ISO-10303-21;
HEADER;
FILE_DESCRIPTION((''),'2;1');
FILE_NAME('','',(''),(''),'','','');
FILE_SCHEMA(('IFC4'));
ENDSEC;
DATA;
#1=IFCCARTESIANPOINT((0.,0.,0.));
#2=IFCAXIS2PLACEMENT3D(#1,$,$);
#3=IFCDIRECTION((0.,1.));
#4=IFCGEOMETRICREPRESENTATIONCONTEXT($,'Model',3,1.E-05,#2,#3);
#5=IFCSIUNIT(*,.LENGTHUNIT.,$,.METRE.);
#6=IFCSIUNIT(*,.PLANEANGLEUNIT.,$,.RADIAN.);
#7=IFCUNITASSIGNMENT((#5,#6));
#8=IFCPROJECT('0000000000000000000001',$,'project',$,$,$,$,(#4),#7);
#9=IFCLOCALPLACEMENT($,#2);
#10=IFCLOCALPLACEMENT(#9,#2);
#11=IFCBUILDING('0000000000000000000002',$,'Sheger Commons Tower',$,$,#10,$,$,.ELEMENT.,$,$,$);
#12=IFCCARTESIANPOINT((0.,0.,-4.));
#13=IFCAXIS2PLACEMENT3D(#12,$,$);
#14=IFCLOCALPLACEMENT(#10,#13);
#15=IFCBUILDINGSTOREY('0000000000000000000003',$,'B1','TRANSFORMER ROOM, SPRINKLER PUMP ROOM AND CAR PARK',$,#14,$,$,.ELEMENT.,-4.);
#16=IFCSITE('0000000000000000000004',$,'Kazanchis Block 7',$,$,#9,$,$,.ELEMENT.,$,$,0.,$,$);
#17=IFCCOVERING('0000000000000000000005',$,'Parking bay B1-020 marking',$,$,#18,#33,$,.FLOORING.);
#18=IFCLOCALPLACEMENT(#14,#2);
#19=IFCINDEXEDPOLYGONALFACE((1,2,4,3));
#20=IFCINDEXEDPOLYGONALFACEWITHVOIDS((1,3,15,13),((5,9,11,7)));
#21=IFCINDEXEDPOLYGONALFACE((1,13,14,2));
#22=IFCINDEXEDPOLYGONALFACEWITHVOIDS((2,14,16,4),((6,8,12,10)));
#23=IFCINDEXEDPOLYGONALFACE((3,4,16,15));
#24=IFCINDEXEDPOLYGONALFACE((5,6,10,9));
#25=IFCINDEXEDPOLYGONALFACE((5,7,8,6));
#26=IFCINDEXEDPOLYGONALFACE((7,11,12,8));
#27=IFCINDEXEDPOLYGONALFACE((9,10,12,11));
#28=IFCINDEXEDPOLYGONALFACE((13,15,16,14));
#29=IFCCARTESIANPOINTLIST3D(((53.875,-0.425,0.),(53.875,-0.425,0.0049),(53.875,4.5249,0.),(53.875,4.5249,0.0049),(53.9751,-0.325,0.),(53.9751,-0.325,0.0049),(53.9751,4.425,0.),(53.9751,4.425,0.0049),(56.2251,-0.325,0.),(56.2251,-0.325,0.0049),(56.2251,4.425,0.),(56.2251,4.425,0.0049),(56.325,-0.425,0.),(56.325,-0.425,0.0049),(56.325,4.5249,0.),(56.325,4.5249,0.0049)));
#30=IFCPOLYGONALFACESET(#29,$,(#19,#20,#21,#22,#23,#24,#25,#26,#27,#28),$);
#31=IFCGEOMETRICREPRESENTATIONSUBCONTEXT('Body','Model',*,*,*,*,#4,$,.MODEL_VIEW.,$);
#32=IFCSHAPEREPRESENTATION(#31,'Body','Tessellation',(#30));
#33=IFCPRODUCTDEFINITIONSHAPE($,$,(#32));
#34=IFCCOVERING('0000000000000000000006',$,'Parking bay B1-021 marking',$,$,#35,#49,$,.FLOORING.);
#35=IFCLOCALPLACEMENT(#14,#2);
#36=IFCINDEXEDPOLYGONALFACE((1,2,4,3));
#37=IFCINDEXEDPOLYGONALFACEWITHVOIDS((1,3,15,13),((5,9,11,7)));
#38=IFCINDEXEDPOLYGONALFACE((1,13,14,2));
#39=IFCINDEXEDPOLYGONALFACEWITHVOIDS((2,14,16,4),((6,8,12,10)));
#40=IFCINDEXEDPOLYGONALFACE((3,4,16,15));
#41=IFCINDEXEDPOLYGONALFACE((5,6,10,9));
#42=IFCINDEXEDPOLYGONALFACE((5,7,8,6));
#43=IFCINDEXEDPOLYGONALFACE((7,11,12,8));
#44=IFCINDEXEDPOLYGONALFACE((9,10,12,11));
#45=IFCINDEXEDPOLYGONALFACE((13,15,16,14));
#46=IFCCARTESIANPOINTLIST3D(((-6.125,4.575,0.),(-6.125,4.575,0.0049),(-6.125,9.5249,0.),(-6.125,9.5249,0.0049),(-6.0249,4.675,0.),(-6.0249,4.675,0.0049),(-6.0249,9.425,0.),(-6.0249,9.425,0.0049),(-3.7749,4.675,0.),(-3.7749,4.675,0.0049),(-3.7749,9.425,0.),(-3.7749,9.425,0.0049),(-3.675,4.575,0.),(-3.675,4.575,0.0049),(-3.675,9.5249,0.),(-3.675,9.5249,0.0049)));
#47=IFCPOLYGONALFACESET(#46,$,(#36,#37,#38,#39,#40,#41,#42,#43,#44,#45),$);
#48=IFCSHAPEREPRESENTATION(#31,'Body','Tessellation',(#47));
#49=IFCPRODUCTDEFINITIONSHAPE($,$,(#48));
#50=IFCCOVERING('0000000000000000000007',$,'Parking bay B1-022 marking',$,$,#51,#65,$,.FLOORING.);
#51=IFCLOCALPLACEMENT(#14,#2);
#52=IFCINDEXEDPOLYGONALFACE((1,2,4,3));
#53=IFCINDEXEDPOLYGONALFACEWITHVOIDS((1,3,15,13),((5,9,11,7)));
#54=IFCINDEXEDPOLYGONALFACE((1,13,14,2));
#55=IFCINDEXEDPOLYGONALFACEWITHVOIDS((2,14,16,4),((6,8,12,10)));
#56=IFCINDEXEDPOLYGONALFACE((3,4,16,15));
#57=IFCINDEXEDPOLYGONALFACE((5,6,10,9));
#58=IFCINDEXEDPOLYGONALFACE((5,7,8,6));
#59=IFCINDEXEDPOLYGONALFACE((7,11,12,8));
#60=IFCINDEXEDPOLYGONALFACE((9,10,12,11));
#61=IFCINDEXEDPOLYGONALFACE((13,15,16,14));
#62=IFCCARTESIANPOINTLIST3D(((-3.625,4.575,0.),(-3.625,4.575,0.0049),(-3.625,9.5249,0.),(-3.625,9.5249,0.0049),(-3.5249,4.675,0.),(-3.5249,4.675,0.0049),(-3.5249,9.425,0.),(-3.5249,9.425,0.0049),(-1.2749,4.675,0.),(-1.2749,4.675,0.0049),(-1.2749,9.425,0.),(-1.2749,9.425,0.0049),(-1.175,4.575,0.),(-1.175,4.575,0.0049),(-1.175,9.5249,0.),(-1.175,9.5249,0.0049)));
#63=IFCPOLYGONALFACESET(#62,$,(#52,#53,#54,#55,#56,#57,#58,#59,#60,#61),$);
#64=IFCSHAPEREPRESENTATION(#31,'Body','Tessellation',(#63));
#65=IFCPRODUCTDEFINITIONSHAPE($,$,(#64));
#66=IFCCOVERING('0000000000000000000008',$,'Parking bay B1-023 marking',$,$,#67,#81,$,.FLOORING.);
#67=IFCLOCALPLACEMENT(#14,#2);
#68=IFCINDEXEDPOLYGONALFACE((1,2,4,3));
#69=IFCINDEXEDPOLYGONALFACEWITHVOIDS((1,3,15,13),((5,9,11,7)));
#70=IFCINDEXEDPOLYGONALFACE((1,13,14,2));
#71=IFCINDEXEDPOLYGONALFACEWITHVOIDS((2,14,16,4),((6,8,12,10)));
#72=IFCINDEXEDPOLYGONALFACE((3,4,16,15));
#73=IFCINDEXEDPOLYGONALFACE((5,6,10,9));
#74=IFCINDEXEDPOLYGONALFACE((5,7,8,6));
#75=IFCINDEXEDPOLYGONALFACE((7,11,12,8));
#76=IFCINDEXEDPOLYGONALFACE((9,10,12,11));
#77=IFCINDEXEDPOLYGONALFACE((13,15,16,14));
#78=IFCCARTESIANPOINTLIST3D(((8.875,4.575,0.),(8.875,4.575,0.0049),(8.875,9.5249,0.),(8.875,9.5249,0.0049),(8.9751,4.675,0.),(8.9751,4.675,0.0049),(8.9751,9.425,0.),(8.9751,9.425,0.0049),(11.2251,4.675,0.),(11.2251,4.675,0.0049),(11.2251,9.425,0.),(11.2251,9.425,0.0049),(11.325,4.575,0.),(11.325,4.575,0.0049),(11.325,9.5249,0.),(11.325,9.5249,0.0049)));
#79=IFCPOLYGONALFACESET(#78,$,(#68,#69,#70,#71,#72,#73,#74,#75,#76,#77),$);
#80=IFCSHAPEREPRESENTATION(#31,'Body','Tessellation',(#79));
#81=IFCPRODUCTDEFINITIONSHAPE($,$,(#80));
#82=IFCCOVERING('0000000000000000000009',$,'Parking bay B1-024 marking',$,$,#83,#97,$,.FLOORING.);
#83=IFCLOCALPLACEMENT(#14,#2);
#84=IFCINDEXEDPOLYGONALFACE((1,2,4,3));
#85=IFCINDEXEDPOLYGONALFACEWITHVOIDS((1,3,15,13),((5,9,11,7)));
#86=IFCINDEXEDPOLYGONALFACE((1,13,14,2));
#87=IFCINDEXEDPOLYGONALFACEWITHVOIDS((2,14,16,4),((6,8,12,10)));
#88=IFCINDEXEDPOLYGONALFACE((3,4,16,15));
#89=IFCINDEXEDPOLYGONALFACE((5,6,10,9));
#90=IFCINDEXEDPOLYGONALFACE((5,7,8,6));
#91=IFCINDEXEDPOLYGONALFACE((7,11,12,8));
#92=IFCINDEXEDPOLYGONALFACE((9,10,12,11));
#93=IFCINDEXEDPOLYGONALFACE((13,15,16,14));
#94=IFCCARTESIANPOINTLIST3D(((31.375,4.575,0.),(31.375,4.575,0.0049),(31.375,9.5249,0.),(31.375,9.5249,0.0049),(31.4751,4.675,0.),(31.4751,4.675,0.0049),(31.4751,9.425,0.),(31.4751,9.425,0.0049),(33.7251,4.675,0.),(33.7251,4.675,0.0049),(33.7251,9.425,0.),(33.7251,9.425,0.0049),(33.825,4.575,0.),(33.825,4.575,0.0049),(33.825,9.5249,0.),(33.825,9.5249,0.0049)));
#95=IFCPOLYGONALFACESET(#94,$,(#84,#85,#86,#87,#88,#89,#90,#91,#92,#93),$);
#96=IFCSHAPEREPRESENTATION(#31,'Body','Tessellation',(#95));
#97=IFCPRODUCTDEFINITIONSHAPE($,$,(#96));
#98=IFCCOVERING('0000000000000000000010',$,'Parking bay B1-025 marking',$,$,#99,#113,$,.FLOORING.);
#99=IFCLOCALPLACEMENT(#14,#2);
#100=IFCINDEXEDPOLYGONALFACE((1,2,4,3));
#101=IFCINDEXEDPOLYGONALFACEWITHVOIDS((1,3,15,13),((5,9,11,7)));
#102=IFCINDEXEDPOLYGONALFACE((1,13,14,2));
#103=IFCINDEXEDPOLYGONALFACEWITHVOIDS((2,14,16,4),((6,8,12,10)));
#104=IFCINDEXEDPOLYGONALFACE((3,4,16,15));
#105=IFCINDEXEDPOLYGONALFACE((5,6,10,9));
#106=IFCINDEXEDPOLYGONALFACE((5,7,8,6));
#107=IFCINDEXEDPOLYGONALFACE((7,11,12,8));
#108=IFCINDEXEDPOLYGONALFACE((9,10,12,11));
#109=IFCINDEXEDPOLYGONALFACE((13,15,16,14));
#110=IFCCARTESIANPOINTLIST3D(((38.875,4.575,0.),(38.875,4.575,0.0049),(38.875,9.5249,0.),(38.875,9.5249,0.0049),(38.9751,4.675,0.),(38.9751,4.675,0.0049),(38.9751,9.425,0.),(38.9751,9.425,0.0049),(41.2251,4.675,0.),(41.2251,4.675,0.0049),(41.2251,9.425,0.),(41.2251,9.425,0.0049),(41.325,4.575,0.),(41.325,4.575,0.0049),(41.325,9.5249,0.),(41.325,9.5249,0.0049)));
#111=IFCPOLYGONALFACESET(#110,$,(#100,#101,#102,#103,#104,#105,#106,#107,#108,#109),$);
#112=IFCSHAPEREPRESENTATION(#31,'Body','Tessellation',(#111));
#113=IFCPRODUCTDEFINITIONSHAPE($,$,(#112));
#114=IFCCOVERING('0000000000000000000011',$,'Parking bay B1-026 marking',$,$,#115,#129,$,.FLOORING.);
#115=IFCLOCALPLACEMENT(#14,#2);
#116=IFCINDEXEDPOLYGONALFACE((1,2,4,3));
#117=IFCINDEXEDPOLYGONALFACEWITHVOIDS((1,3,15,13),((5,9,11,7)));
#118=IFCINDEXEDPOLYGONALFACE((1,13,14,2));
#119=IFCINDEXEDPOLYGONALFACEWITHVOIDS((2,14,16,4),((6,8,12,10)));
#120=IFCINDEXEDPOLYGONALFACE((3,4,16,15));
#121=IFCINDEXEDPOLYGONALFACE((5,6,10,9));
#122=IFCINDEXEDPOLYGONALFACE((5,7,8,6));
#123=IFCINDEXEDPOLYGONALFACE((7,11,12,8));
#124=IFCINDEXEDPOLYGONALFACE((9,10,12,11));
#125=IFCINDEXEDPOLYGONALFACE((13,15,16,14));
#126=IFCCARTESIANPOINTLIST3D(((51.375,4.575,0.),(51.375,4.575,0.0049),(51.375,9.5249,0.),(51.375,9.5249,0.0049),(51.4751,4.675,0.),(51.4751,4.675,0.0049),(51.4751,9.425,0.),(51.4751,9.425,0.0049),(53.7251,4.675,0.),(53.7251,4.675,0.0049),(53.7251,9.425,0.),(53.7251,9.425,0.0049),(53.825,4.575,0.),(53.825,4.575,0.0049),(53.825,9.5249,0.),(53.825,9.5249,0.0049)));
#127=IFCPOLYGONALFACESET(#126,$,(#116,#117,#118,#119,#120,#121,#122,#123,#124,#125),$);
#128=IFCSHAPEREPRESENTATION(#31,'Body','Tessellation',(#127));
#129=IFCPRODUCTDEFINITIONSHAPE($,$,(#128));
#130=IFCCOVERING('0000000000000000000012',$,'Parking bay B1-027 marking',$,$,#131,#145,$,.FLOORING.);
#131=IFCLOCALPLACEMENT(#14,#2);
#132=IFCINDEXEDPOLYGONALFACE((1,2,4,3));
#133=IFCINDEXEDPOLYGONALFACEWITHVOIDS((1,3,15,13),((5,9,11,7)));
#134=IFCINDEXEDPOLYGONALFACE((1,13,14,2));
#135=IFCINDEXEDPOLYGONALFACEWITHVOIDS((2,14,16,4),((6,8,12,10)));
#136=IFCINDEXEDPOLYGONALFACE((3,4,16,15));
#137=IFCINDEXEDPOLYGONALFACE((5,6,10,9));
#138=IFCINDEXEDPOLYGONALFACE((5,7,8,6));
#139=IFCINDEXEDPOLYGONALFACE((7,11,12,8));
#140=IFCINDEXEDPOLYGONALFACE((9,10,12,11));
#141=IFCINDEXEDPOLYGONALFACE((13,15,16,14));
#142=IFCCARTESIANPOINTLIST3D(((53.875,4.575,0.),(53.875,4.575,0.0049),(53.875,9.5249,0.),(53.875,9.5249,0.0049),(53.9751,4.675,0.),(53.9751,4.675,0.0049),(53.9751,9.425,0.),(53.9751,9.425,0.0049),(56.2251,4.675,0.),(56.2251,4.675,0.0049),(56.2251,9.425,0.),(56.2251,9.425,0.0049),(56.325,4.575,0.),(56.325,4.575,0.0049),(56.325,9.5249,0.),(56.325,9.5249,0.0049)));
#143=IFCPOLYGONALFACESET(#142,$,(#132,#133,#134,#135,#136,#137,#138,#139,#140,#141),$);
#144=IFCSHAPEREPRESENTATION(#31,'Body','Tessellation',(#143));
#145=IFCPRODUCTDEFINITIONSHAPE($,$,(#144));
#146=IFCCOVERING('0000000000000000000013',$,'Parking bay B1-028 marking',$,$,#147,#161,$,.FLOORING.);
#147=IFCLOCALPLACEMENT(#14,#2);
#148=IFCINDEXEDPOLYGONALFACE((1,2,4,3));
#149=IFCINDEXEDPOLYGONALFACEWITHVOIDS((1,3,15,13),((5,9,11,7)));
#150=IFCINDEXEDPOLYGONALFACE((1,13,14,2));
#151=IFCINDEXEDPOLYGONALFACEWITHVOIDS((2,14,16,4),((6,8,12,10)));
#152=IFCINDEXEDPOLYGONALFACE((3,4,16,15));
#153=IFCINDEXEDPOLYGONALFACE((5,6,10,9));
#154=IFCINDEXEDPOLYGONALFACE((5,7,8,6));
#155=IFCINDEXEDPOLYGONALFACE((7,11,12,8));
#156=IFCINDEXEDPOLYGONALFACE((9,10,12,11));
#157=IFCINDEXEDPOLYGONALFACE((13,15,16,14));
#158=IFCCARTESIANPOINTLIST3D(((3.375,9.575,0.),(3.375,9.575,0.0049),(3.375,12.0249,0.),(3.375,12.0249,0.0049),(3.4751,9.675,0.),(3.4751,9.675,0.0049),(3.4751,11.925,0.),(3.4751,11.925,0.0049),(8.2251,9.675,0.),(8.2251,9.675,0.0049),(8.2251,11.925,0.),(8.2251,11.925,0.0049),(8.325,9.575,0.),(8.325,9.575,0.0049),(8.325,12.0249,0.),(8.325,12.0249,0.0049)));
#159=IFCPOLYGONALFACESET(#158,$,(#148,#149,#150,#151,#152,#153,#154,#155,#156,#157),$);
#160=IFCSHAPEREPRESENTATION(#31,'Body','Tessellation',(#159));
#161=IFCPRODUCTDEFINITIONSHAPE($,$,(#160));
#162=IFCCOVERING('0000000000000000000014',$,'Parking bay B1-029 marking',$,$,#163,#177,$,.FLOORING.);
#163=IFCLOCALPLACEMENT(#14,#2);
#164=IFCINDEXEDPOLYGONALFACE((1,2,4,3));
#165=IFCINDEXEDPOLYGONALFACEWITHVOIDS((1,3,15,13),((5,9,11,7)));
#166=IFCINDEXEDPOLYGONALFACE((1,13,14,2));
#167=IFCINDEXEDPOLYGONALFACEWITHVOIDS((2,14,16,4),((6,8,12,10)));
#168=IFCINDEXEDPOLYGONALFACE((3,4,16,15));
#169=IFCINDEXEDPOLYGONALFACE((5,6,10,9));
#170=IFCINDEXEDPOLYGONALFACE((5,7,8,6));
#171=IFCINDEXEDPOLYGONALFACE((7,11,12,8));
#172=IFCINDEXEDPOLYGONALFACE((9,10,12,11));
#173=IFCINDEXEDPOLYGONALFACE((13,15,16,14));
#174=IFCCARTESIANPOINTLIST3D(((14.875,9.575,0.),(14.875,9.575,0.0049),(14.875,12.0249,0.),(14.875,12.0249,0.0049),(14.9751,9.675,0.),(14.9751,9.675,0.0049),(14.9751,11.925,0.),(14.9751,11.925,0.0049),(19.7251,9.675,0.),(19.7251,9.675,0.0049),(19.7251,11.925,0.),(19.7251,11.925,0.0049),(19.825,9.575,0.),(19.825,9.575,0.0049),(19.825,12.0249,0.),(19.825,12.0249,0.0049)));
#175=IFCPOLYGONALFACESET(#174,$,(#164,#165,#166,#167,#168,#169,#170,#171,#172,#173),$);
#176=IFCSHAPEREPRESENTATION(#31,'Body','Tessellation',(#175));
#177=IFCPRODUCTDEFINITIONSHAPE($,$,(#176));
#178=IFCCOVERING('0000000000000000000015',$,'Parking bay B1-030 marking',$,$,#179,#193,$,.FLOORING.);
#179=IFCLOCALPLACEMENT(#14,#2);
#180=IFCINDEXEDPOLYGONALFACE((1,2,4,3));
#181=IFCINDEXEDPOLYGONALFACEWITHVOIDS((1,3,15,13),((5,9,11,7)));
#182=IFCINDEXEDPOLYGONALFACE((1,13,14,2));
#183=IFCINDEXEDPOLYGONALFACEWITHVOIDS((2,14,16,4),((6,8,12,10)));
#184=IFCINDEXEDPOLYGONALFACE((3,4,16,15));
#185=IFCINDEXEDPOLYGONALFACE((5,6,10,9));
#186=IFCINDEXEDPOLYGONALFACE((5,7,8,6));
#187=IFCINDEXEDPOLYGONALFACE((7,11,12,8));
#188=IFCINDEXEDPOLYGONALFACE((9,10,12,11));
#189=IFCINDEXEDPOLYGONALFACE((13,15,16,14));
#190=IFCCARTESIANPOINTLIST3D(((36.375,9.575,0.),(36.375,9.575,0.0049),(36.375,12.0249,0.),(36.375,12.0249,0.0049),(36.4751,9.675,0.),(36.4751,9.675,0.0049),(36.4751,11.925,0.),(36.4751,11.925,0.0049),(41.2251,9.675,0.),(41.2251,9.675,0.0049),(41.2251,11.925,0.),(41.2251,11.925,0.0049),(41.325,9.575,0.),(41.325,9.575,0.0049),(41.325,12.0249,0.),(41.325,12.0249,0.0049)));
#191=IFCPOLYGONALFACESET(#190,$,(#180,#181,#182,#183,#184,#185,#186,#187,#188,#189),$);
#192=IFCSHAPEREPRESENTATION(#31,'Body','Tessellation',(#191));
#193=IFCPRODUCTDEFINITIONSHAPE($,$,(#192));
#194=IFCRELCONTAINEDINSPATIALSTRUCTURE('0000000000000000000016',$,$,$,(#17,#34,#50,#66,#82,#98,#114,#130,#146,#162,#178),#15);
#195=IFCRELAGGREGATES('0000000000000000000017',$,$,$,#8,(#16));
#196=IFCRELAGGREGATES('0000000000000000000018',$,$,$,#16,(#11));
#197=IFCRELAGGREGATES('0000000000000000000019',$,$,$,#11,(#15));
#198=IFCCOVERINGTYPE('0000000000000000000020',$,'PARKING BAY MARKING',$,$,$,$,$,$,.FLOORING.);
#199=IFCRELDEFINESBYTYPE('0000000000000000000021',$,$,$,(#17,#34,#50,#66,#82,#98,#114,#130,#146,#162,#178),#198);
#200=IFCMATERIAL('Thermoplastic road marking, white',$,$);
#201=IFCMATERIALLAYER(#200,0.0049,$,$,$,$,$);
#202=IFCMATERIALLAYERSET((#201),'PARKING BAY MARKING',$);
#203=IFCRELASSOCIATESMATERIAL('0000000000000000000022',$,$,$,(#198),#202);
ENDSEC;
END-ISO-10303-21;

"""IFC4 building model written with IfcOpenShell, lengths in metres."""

from ifc_helpers import new_model, si_unit, direction, frame, origin, place, context, subcontext, project, spatial, polyline, outline, extrude, material, layer, layer_set, type_object, element, save


model = new_model("IFC4")

# Units and contexts
model_context = context("Model", 3, precision=1e-05, world=origin(), true_north=direction((0.0, 1.0)))
body_context = subcontext(model_context, "Body", "Model", "MODEL_VIEW")
ifc_project = project(units=[si_unit("LENGTHUNIT", "METRE"), si_unit("PLANEANGLEUNIT", "RADIAN")], contexts=[model_context])

# Site, building, storey
site_placement = place(None, origin())
site = spatial("IfcSite", under=ifc_project, at=site_placement, Name="Kazanchis Block 7", CompositionType="ELEMENT", RefElevation=0.0)
building_placement = place(site_placement, origin())
building = spatial("IfcBuilding", under=site, at=building_placement, Name="Sheger Commons Tower", CompositionType="ELEMENT")
storey_placement = place(building_placement, frame((0.0, 0.0, -4.0)))
storey = spatial("IfcBuildingStorey", under=building, at=storey_placement, Name="B1", Description="TRANSFORMER ROOM, SPRINKLER PUMP ROOM AND CAR PARK", CompositionType="ELEMENT", Elevation=-4.0)

# Coverings
ifc_material_1 = material(Name="Thermoplastic road marking, white")
ifc_layer_1 = layer(ifc_material_1, 0.0049)
ifc_layer_set_1 = layer_set([ifc_layer_1], Name="PARKING BAY MARKING")
covering_type_1 = type_object("IfcCoveringType", Name="PARKING BAY MARKING", PredefinedType="FLOORING", material=ifc_layer_set_1)
covering_1_placement = place(storey_placement, origin())
element("IfcCovering", 1, at=covering_1_placement, inside=storey, type_object=covering_type_1, Name="Parking bay B1-020 marking", PredefinedType="FLOORING", context=body_context, shape_type="SweptSolid", body=[
    extrude(outline(polyline([(53.875, -0.425), (56.325, -0.425), (56.325, 4.5249), (53.875, 4.5249), (53.875, -0.425)]), holes=[polyline([(56.2251, 4.425), (56.2251, -0.325), (53.9751, -0.325), (53.9751, 4.425), (56.2251, 4.425)])]), origin(), (0.0, 0.0, 1.0), 0.0049),
])
covering_2_placement = place(storey_placement, origin())
element("IfcCovering", 2, at=covering_2_placement, inside=storey, type_object=covering_type_1, Name="Parking bay B1-021 marking", PredefinedType="FLOORING", context=body_context, shape_type="SweptSolid", body=[
    extrude(outline(polyline([(-6.125, 4.575), (-3.675, 4.575), (-3.675, 9.5249), (-6.125, 9.5249), (-6.125, 4.575)]), holes=[polyline([(-3.7749, 9.425), (-3.7749, 4.675), (-6.0249, 4.675), (-6.0249, 9.425), (-3.7749, 9.425)])]), origin(), (0.0, 0.0, 1.0), 0.0049),
])
covering_3_placement = place(storey_placement, origin())
element("IfcCovering", 3, at=covering_3_placement, inside=storey, type_object=covering_type_1, Name="Parking bay B1-022 marking", PredefinedType="FLOORING", context=body_context, shape_type="SweptSolid", body=[
    extrude(outline(polyline([(-3.625, 4.575), (-1.175, 4.575), (-1.175, 9.5249), (-3.625, 9.5249), (-3.625, 4.575)]), holes=[polyline([(-1.2749, 9.425), (-1.2749, 4.675), (-3.5249, 4.675), (-3.5249, 9.425), (-1.2749, 9.425)])]), origin(), (0.0, 0.0, 1.0), 0.0049),
])
covering_4_placement = place(storey_placement, origin())
element("IfcCovering", 4, at=covering_4_placement, inside=storey, type_object=covering_type_1, Name="Parking bay B1-023 marking", PredefinedType="FLOORING", context=body_context, shape_type="SweptSolid", body=[
    extrude(outline(polyline([(8.875, 4.575), (11.325, 4.575), (11.325, 9.5249), (8.875, 9.5249), (8.875, 4.575)]), holes=[polyline([(11.2251, 9.425), (11.2251, 4.675), (8.9751, 4.675), (8.9751, 9.425), (11.2251, 9.425)])]), origin(), (0.0, 0.0, 1.0), 0.0049),
])
covering_5_placement = place(storey_placement, origin())
element("IfcCovering", 5, at=covering_5_placement, inside=storey, type_object=covering_type_1, Name="Parking bay B1-024 marking", PredefinedType="FLOORING", context=body_context, shape_type="SweptSolid", body=[
    extrude(outline(polyline([(31.375, 4.575), (33.825, 4.575), (33.825, 9.5249), (31.375, 9.5249), (31.375, 4.575)]), holes=[polyline([(33.7251, 9.425), (33.7251, 4.675), (31.4751, 4.675), (31.4751, 9.425), (33.7251, 9.425)])]), origin(), (0.0, 0.0, 1.0), 0.0049),
])
covering_6_placement = place(storey_placement, origin())
element("IfcCovering", 6, at=covering_6_placement, inside=storey, type_object=covering_type_1, Name="Parking bay B1-025 marking", PredefinedType="FLOORING", context=body_context, shape_type="SweptSolid", body=[
    extrude(outline(polyline([(38.875, 4.575), (41.325, 4.575), (41.325, 9.5249), (38.875, 9.5249), (38.875, 4.575)]), holes=[polyline([(41.2251, 9.425), (41.2251, 4.675), (38.9751, 4.675), (38.9751, 9.425), (41.2251, 9.425)])]), origin(), (0.0, 0.0, 1.0), 0.0049),
])
covering_7_placement = place(storey_placement, origin())
element("IfcCovering", 7, at=covering_7_placement, inside=storey, type_object=covering_type_1, Name="Parking bay B1-026 marking", PredefinedType="FLOORING", context=body_context, shape_type="SweptSolid", body=[
    extrude(outline(polyline([(51.375, 4.575), (53.825, 4.575), (53.825, 9.5249), (51.375, 9.5249), (51.375, 4.575)]), holes=[polyline([(53.7251, 9.425), (53.7251, 4.675), (51.4751, 4.675), (51.4751, 9.425), (53.7251, 9.425)])]), origin(), (0.0, 0.0, 1.0), 0.0049),
])
covering_8_placement = place(storey_placement, origin())
element("IfcCovering", 8, at=covering_8_placement, inside=storey, type_object=covering_type_1, Name="Parking bay B1-027 marking", PredefinedType="FLOORING", context=body_context, shape_type="SweptSolid", body=[
    extrude(outline(polyline([(53.875, 4.575), (56.325, 4.575), (56.325, 9.5249), (53.875, 9.5249), (53.875, 4.575)]), holes=[polyline([(56.2251, 9.425), (56.2251, 4.675), (53.9751, 4.675), (53.9751, 9.425), (56.2251, 9.425)])]), origin(), (0.0, 0.0, 1.0), 0.0049),
])
covering_9_placement = place(storey_placement, origin())
element("IfcCovering", 9, at=covering_9_placement, inside=storey, type_object=covering_type_1, Name="Parking bay B1-028 marking", PredefinedType="FLOORING", context=body_context, shape_type="SweptSolid", body=[
    extrude(outline(polyline([(3.375, 9.575), (8.325, 9.575), (8.325, 12.0249), (3.375, 12.0249), (3.375, 9.575)]), holes=[polyline([(8.2251, 11.925), (8.2251, 9.675), (3.4751, 9.675), (3.4751, 11.925), (8.2251, 11.925)])]), origin(), (0.0, 0.0, 1.0), 0.0049),
])
covering_10_placement = place(storey_placement, origin())
element("IfcCovering", 10, at=covering_10_placement, inside=storey, type_object=covering_type_1, Name="Parking bay B1-029 marking", PredefinedType="FLOORING", context=body_context, shape_type="SweptSolid", body=[
    extrude(outline(polyline([(14.875, 9.575), (19.825, 9.575), (19.825, 12.0249), (14.875, 12.0249), (14.875, 9.575)]), holes=[polyline([(19.7251, 11.925), (19.7251, 9.675), (14.9751, 9.675), (14.9751, 11.925), (19.7251, 11.925)])]), origin(), (0.0, 0.0, 1.0), 0.0049),
])
covering_11_placement = place(storey_placement, origin())
element("IfcCovering", 11, at=covering_11_placement, inside=storey, type_object=covering_type_1, Name="Parking bay B1-030 marking", PredefinedType="FLOORING", context=body_context, shape_type="SweptSolid", body=[
    extrude(outline(polyline([(36.375, 9.575), (41.325, 9.575), (41.325, 12.0249), (36.375, 12.0249), (36.375, 9.575)]), holes=[polyline([(41.2251, 11.925), (41.2251, 9.675), (36.4751, 9.675), (36.4751, 11.925), (41.2251, 11.925)])]), origin(), (0.0, 0.0, 1.0), 0.0049),
])

save(model, "model.ifc")
